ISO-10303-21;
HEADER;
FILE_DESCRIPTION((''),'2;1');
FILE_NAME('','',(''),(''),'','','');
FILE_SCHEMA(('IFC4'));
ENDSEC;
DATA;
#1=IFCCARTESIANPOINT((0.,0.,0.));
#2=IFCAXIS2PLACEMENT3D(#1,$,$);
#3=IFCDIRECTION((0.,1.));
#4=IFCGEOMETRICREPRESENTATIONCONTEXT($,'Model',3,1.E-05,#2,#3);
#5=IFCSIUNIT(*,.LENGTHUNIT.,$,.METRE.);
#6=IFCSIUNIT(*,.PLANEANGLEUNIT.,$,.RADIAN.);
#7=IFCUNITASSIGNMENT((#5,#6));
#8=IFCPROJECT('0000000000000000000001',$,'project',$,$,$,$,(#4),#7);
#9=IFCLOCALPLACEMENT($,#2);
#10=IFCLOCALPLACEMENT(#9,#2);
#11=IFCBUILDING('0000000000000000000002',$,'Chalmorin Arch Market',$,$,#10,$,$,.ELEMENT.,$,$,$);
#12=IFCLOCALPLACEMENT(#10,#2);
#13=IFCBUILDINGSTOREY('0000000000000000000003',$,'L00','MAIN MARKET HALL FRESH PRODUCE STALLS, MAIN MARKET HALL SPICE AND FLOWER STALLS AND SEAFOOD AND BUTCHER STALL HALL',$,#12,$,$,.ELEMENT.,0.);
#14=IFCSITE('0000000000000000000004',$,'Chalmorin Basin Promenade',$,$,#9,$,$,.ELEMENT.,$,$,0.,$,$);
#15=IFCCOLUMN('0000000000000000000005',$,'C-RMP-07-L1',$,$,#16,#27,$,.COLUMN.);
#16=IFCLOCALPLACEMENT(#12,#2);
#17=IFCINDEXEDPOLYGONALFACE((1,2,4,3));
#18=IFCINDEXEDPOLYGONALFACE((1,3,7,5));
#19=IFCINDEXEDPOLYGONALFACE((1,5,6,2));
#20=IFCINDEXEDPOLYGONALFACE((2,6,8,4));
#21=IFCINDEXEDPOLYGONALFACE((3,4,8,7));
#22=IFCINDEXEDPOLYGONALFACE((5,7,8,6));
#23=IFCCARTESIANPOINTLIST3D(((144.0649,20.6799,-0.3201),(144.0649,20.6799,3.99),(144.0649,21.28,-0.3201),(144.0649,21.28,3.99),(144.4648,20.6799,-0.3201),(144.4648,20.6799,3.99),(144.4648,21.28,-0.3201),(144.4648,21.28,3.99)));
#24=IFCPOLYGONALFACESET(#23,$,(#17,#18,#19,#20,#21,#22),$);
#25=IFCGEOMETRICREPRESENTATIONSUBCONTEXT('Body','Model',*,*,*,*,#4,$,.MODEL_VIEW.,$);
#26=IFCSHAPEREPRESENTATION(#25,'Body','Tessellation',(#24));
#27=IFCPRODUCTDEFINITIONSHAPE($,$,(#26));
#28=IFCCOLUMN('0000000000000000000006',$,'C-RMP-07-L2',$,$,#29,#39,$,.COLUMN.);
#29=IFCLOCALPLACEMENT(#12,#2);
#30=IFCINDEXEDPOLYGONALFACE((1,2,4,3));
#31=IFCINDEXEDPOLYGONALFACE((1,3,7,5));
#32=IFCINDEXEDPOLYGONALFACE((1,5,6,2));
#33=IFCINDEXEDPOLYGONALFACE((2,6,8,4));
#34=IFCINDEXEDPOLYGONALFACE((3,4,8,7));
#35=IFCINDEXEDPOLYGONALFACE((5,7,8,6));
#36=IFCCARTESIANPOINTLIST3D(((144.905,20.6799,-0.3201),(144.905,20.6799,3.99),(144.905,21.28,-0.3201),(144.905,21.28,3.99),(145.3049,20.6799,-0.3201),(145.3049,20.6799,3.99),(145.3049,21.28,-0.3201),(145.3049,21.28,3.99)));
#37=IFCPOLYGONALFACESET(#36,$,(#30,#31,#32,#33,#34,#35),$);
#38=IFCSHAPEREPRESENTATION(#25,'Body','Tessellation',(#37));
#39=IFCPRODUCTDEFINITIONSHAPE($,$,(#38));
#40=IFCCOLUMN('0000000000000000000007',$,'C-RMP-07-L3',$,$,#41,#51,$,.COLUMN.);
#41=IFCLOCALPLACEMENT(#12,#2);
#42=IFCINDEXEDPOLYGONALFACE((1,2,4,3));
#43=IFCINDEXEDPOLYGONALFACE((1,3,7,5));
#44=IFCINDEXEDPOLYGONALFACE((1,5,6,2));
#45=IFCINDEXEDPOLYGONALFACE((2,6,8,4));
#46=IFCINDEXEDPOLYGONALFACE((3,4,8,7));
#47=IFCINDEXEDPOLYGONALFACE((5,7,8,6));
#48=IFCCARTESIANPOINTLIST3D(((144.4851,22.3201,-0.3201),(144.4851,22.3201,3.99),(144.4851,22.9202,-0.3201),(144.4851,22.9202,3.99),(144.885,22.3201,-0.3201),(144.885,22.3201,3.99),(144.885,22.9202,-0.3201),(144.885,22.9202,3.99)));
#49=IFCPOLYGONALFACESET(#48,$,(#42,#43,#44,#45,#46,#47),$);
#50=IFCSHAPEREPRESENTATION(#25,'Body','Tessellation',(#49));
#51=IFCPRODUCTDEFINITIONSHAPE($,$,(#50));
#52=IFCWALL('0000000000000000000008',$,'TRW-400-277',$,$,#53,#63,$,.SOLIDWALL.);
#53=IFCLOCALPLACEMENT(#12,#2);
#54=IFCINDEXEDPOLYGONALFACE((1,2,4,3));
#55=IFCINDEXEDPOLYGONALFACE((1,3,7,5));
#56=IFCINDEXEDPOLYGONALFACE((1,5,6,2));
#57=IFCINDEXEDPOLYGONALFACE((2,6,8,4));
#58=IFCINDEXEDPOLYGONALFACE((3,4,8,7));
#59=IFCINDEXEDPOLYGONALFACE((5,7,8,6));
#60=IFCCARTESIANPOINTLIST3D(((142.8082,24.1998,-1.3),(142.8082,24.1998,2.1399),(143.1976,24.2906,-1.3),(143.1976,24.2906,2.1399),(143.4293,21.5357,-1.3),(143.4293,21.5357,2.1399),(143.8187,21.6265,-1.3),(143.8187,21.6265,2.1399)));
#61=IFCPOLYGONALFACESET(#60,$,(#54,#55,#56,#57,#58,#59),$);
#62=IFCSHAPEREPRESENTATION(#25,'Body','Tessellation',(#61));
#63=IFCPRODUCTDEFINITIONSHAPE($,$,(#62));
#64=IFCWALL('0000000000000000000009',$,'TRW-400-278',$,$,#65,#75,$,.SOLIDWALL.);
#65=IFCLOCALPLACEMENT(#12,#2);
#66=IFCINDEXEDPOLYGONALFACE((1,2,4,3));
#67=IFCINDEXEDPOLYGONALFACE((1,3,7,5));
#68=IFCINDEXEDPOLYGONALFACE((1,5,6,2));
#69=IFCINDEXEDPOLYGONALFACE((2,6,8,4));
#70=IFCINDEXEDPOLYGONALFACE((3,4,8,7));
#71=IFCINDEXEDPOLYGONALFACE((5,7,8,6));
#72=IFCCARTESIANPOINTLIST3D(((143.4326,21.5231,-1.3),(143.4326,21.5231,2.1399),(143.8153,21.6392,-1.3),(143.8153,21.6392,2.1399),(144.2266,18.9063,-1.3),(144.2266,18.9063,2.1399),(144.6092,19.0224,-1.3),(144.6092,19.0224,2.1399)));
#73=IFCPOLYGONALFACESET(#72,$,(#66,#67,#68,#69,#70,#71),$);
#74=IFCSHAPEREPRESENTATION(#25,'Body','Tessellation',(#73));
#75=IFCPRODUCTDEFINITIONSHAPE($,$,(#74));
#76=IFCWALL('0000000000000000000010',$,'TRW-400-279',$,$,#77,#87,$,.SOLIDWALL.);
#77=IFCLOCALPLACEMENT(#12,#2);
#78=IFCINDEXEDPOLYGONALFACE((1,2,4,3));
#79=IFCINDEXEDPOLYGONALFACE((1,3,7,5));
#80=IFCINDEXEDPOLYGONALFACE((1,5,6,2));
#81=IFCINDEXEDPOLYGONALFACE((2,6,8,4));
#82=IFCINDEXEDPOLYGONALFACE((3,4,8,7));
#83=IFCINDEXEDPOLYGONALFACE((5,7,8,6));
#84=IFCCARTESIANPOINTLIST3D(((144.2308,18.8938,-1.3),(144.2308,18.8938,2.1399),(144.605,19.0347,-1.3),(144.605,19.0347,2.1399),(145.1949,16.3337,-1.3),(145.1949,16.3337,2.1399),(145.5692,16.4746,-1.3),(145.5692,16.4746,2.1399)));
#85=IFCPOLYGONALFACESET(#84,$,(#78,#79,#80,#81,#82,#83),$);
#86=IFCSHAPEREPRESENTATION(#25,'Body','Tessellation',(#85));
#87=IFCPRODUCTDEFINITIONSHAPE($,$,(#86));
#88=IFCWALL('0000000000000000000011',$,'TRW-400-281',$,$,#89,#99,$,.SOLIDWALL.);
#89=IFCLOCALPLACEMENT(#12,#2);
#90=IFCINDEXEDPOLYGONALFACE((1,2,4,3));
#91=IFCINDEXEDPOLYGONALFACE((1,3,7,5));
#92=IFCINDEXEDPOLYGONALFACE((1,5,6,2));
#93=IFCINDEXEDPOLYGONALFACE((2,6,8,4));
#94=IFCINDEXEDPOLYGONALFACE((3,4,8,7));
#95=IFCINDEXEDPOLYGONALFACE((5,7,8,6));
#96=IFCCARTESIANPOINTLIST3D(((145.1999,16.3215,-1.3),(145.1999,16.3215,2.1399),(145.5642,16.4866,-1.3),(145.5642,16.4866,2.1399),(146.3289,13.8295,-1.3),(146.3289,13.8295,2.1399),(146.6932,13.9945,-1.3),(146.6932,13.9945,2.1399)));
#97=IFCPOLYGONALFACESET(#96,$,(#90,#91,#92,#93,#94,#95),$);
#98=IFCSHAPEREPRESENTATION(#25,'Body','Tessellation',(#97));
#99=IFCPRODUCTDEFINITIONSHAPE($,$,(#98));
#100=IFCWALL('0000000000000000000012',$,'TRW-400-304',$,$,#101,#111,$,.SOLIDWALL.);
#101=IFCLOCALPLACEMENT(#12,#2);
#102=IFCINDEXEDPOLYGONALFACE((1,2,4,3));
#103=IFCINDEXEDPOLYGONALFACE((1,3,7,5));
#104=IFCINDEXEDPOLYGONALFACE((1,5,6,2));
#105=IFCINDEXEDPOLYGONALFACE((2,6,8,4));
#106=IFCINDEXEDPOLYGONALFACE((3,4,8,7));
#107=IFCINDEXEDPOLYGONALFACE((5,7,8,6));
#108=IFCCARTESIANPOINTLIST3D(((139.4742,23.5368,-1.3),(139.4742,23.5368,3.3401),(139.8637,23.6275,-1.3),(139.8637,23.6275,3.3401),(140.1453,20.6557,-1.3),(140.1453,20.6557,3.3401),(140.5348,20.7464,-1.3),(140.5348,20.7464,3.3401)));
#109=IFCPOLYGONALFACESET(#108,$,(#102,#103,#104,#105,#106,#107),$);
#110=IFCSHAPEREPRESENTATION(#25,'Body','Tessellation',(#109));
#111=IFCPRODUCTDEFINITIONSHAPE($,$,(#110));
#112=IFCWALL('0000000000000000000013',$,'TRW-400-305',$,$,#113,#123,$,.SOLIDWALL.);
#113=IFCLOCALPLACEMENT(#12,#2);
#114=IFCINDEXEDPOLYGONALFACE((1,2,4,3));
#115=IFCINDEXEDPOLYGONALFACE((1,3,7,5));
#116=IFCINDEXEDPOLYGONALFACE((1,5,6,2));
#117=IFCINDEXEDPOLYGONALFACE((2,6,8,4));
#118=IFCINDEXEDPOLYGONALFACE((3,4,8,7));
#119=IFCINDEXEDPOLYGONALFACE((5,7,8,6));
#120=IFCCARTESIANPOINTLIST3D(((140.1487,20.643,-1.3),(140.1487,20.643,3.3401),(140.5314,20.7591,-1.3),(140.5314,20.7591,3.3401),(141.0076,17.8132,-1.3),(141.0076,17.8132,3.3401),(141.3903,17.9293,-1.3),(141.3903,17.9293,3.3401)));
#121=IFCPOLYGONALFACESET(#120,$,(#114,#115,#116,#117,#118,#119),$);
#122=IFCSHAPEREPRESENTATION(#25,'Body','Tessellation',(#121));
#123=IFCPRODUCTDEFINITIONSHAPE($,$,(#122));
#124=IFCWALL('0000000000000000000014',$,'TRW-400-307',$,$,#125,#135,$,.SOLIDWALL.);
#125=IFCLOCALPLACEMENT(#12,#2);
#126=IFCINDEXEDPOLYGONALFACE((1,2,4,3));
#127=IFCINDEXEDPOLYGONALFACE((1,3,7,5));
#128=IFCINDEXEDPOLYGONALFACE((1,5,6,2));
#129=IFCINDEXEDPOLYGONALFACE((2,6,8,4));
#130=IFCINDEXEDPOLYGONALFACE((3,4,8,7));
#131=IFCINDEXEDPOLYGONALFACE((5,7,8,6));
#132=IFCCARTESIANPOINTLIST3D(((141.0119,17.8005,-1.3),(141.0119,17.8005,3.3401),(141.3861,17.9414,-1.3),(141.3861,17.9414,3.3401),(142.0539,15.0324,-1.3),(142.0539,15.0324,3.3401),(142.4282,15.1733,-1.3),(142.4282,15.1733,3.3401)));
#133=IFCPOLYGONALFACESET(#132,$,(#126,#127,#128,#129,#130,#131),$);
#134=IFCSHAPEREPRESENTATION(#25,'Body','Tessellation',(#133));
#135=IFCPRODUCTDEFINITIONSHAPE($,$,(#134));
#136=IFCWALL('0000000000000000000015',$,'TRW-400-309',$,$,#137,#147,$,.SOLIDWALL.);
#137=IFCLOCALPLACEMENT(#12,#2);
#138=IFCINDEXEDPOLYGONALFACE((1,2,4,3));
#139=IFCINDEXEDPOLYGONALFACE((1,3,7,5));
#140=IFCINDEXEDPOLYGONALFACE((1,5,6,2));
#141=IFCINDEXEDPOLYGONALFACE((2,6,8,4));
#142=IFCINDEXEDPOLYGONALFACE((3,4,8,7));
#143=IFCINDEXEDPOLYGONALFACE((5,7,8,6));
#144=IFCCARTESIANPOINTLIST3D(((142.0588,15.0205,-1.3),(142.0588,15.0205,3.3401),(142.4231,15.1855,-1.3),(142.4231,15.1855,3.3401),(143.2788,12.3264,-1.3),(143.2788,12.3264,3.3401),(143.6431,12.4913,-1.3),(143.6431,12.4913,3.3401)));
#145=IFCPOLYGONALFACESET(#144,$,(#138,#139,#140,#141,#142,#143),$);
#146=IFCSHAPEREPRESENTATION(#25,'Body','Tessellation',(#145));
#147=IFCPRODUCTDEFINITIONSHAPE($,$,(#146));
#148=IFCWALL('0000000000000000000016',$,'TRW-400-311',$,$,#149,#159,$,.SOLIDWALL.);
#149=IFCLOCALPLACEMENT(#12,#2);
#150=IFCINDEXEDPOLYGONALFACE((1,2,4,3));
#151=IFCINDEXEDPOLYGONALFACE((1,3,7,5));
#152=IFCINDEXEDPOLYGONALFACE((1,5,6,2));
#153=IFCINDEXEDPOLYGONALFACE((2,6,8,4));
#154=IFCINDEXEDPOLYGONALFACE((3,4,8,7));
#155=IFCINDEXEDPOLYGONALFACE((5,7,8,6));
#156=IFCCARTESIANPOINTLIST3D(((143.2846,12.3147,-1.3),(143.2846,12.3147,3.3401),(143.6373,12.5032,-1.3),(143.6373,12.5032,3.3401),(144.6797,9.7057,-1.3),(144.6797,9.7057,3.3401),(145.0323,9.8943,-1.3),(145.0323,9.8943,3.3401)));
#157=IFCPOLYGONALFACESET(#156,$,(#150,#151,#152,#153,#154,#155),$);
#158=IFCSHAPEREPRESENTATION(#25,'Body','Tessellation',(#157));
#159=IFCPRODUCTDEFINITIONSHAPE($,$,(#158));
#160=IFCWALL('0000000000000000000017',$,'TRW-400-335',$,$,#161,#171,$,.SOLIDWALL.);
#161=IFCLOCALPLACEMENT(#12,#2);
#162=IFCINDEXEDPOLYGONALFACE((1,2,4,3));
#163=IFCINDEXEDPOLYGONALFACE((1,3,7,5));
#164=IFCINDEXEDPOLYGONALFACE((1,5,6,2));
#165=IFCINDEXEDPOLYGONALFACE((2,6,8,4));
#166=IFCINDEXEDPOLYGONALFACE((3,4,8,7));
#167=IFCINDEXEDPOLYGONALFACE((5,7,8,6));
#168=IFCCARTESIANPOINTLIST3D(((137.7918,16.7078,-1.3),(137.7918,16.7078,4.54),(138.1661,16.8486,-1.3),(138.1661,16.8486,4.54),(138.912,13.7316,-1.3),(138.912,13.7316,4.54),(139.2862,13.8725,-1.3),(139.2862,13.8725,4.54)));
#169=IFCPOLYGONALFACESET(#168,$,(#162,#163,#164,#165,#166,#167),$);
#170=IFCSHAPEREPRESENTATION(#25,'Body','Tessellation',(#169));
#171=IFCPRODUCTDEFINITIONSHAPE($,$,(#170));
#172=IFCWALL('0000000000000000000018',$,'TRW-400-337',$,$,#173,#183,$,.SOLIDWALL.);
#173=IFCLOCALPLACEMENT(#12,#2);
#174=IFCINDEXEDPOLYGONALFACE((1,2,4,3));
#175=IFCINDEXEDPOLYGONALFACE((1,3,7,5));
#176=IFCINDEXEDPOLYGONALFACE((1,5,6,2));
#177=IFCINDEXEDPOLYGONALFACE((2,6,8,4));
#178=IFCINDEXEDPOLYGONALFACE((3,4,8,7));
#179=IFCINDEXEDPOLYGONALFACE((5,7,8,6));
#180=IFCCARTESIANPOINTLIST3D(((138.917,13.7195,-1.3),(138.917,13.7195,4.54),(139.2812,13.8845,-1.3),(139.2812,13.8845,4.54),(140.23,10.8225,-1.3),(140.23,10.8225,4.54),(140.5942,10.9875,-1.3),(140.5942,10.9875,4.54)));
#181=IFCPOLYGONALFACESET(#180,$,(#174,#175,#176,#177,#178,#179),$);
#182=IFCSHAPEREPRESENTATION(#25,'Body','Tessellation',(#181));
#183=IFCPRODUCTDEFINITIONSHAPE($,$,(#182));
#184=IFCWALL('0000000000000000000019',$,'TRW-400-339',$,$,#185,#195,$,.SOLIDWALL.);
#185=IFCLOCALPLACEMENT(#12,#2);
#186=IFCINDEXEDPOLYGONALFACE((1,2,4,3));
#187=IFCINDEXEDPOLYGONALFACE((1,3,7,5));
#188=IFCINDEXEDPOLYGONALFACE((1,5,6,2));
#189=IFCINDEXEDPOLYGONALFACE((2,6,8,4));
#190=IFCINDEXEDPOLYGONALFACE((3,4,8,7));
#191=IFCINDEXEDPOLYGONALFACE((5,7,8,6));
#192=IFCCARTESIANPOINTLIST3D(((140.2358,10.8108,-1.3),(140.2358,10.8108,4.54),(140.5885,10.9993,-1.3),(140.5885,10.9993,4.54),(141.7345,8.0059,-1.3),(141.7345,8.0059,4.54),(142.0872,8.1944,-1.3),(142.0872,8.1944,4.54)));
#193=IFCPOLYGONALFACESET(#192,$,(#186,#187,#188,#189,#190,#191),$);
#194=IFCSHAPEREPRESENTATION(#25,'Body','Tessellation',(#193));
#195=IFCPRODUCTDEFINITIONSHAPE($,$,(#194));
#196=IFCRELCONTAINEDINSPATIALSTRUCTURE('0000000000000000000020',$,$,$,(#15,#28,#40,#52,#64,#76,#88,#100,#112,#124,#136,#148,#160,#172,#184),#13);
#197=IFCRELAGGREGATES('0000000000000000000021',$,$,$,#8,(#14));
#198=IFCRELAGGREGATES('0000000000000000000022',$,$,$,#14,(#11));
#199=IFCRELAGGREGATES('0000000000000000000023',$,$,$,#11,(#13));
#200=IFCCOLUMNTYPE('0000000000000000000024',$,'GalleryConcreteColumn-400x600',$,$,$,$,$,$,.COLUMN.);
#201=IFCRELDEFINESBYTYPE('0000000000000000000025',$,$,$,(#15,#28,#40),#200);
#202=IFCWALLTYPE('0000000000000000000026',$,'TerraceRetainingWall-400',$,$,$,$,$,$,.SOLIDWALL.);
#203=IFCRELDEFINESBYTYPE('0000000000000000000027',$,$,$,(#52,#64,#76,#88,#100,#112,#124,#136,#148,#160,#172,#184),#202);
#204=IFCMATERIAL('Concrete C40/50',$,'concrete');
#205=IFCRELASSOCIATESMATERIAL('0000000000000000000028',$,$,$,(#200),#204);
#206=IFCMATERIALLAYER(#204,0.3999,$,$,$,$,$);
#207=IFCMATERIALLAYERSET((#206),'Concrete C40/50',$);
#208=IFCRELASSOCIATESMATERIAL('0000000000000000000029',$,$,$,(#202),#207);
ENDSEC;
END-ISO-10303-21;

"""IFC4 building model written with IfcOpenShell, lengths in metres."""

from ifc_helpers import new_model, si_unit, direction, frame, frame_2d, origin, origin_2d, place, context, subcontext, project, spatial, rectangle, extrude, material, layer, layer_set, material_profile, profile_set, type_object, element, save


model = new_model("IFC4")

# Units and contexts
model_context = context("Model", 3, precision=1e-05, world=origin(), true_north=direction((0.0, 1.0)))
body_context = subcontext(model_context, "Body", "Model", "MODEL_VIEW")
ifc_project = project(units=[si_unit("LENGTHUNIT", "METRE"), si_unit("PLANEANGLEUNIT", "RADIAN")], contexts=[model_context])

# Site, building, storey
site_placement = place(None, origin())
site = spatial("IfcSite", under=ifc_project, at=site_placement, Name="Chalmorin Basin Promenade", CompositionType="ELEMENT", RefElevation=0.0)
building_placement = place(site_placement, origin())
building = spatial("IfcBuilding", under=site, at=building_placement, Name="Chalmorin Arch Market", CompositionType="ELEMENT")
storey_placement = place(building_placement, origin())
storey = spatial("IfcBuildingStorey", under=building, at=storey_placement, Name="L00", Description="MAIN MARKET HALL FRESH PRODUCE STALLS, MAIN MARKET HALL SPICE AND FLOWER STALLS AND SEAFOOD AND BUTCHER STALL HALL", CompositionType="ELEMENT", Elevation=0.0)

# Columns
ifc_material_1 = material(Name="Concrete C40/50", Category="concrete")
ifc_material_profile = material_profile(ifc_material_1, rectangle(XDim=0.3999, YDim=0.6001, at=origin_2d()), Name="RC400X600")
ifc_profile_set = profile_set([ifc_material_profile], Name="Concrete C40/50")
column_type = type_object("IfcColumnType", Name="GalleryConcreteColumn-400x600", PredefinedType="COLUMN", material=ifc_profile_set)
for number, where, z_axis, x_axis, name in (
    (1, (144.2649, 20.98, -0.3201), (0.0, 0.0, 1.0), (1.0, 0.0, 0.0), "C-RMP-07-L1"),
    (2, (145.105, 20.98, -0.3201), (0.0, 0.0, 1.0), (1.0, 0.0, 0.0), "C-RMP-07-L2"),
    (3, (144.6851, 22.6201, -0.3201), (0.0, 0.0, 1.0), (1.0, 0.0, 0.0), "C-RMP-07-L3"),
):
    element("IfcColumn", number, at=place(storey_placement, frame(where, z_axis=z_axis, x_axis=x_axis)), inside=storey, type_object=column_type, Name=name, PredefinedType="COLUMN", context=body_context, shape_type="SweptSolid", body=[
        extrude(rectangle(XDim=0.3999, YDim=0.6001, at=origin_2d()), origin(), (0.0, 0.0, 1.0), 4.3101),
    ])

# Walls
ifc_layer_1 = layer(ifc_material_1, 0.3999)
ifc_layer_set_1 = layer_set([ifc_layer_1], Name="Concrete C40/50")
wall_type_1 = type_object("IfcWallType", Name="TerraceRetainingWall-400", PredefinedType="SOLIDWALL", material=ifc_layer_set_1)
wall_1_placement = place(storey_placement, frame((143.0029, 24.2451, -1.3), z_axis=(0.0, 0.0, 1.0), x_axis=(0.227049, -0.973883, 0.0)))
element("IfcWall", 4, at=wall_1_placement, inside=storey, type_object=wall_type_1, Name="TRW-400-277", PredefinedType="SOLIDWALL", context=body_context, shape_type="SweptSolid", body=[
    extrude(rectangle(XDim=2.7356, YDim=0.3999, at=frame_2d((1.3677, 0.0))), origin(), (0.0, 0.0, 1.0), 3.4399),
])
wall_2_placement = place(storey_placement, frame((143.624, 21.5811, -1.3), z_axis=(0.0, 0.0, 1.0), x_axis=(0.29032, -0.95693, 0.0)))
element("IfcWall", 5, at=wall_2_placement, inside=storey, type_object=wall_type_1, Name="TRW-400-278", PredefinedType="SOLIDWALL", context=body_context, shape_type="SweptSolid", body=[
    extrude(rectangle(XDim=2.7346, YDim=0.3999, at=frame_2d((1.3672, 0.0))), origin(), (0.0, 0.0, 1.0), 3.4399),
])
wall_3_placement = place(storey_placement, frame((144.418, 18.9641, -1.3), z_axis=(0.0, 0.0, 1.0), x_axis=(0.352434, -0.935837, 0.0)))
element("IfcWall", 6, at=wall_3_placement, inside=storey, type_object=wall_type_1, Name="TRW-400-279", PredefinedType="SOLIDWALL", context=body_context, shape_type="SweptSolid", body=[
    extrude(rectangle(XDim=2.7356, YDim=0.3999, at=frame_2d((1.3677, 0.0))), origin(), (0.0, 0.0, 1.0), 3.4399),
])
wall_4_placement = place(storey_placement, frame((145.3821, 16.4041, -1.3), z_axis=(0.0, 0.0, 1.0), x_axis=(0.412653, -0.910888, 0.0)))
element("IfcWall", 7, at=wall_4_placement, inside=storey, type_object=wall_type_1, Name="TRW-400-281", PredefinedType="SOLIDWALL", context=body_context, shape_type="SweptSolid", body=[
    extrude(rectangle(XDim=2.7358, YDim=0.3999, at=frame_2d((1.3679, 0.0))), origin(), (0.0, 0.0, 1.0), 3.4399),
])
wall_5_placement = place(storey_placement, frame((139.6689, 23.582, -1.3), z_axis=(0.0, 0.0, 1.0), x_axis=(0.226872, -0.973925, 0.0)))
element("IfcWall", 8, at=wall_5_placement, inside=storey, type_object=wall_type_1, Name="TRW-400-304", PredefinedType="SOLIDWALL", context=body_context, shape_type="SweptSolid", body=[
    extrude(rectangle(XDim=2.9583, YDim=0.3999, at=frame_2d((1.479, 0.0))), origin(), (0.0, 0.0, 1.0), 4.6401),
])
wall_6_placement = place(storey_placement, frame((140.3401, 20.7009, -1.3), z_axis=(0.0, 0.0, 1.0), x_axis=(0.290429, -0.956897, 0.0)))
element("IfcWall", 9, at=wall_6_placement, inside=storey, type_object=wall_type_1, Name="TRW-400-305", PredefinedType="SOLIDWALL", context=body_context, shape_type="SweptSolid", body=[
    extrude(rectangle(XDim=2.9573, YDim=0.3999, at=frame_2d((1.4785, 0.0))), origin(), (0.0, 0.0, 1.0), 4.6401),
])
wall_7_placement = place(storey_placement, frame((141.199, 17.8711, -1.3), z_axis=(0.0, 0.0, 1.0), x_axis=(0.352299, -0.935887, 0.0)))
element("IfcWall", 10, at=wall_7_placement, inside=storey, type_object=wall_type_1, Name="TRW-400-307", PredefinedType="SOLIDWALL", context=body_context, shape_type="SweptSolid", body=[
    extrude(rectangle(XDim=2.9578, YDim=0.3999, at=frame_2d((1.479, 0.0))), origin(), (0.0, 0.0, 1.0), 4.6401),
])
wall_8_placement = place(storey_placement, frame((142.241, 15.103, -1.3), z_axis=(0.0, 0.0, 1.0), x_axis=(0.412509, -0.910954, 0.0)))
element("IfcWall", 11, at=wall_8_placement, inside=storey, type_object=wall_type_1, Name="TRW-400-309", PredefinedType="SOLIDWALL", context=body_context, shape_type="SweptSolid", body=[
    extrude(rectangle(XDim=2.9575, YDim=0.3999, at=frame_2d((1.4788, 0.0))), origin(), (0.0, 0.0, 1.0), 4.6401),
])
wall_9_placement = place(storey_placement, frame((143.4609, 12.4089, -1.3), z_axis=(0.0, 0.0, 1.0), x_axis=(0.471539, -0.881845, 0.0)))
element("IfcWall", 12, at=wall_9_placement, inside=storey, type_object=wall_type_1, Name="TRW-400-311", PredefinedType="SOLIDWALL", context=body_context, shape_type="SweptSolid", body=[
    extrude(rectangle(XDim=2.9585, YDim=0.3999, at=frame_2d((1.4792, 0.0))), origin(), (0.0, 0.0, 1.0), 4.6401),
])
wall_10_placement = place(storey_placement, frame((137.979, 16.7781, -1.3), z_axis=(0.0, 0.0, 1.0), x_axis=(0.352251, -0.935906, 0.0)))
element("IfcWall", 13, at=wall_10_placement, inside=storey, type_object=wall_type_1, Name="TRW-400-335", PredefinedType="SOLIDWALL", context=body_context, shape_type="SweptSolid", body=[
    extrude(rectangle(XDim=3.1799, YDim=0.3999, at=frame_2d((1.5898, 0.0))), origin(), (0.0, 0.0, 1.0), 5.8401),
])
wall_11_placement = place(storey_placement, frame((139.0991, 13.802, -1.3), z_axis=(0.0, 0.0, 1.0), x_axis=(0.412808, -0.910818, 0.0)))
element("IfcWall", 14, at=wall_11_placement, inside=storey, type_object=wall_type_1, Name="TRW-400-337", PredefinedType="SOLIDWALL", context=body_context, shape_type="SweptSolid", body=[
    extrude(rectangle(XDim=3.1807, YDim=0.3999, at=frame_2d((1.5903, 0.0))), origin(), (0.0, 0.0, 1.0), 5.8401),
])
wall_12_placement = place(storey_placement, frame((140.4121, 10.905, -1.3), z_axis=(0.0, 0.0, 1.0), x_axis=(0.471277, -0.881985, 0.0)))
element("IfcWall", 15, at=wall_12_placement, inside=storey, type_object=wall_type_1, Name="TRW-400-339", PredefinedType="SOLIDWALL", context=body_context, shape_type="SweptSolid", body=[
    extrude(rectangle(XDim=3.1802, YDim=0.3999, at=frame_2d((1.5901, 0.0))), origin(), (0.0, 0.0, 1.0), 5.8401),
])

save(model, "model.ifc")
